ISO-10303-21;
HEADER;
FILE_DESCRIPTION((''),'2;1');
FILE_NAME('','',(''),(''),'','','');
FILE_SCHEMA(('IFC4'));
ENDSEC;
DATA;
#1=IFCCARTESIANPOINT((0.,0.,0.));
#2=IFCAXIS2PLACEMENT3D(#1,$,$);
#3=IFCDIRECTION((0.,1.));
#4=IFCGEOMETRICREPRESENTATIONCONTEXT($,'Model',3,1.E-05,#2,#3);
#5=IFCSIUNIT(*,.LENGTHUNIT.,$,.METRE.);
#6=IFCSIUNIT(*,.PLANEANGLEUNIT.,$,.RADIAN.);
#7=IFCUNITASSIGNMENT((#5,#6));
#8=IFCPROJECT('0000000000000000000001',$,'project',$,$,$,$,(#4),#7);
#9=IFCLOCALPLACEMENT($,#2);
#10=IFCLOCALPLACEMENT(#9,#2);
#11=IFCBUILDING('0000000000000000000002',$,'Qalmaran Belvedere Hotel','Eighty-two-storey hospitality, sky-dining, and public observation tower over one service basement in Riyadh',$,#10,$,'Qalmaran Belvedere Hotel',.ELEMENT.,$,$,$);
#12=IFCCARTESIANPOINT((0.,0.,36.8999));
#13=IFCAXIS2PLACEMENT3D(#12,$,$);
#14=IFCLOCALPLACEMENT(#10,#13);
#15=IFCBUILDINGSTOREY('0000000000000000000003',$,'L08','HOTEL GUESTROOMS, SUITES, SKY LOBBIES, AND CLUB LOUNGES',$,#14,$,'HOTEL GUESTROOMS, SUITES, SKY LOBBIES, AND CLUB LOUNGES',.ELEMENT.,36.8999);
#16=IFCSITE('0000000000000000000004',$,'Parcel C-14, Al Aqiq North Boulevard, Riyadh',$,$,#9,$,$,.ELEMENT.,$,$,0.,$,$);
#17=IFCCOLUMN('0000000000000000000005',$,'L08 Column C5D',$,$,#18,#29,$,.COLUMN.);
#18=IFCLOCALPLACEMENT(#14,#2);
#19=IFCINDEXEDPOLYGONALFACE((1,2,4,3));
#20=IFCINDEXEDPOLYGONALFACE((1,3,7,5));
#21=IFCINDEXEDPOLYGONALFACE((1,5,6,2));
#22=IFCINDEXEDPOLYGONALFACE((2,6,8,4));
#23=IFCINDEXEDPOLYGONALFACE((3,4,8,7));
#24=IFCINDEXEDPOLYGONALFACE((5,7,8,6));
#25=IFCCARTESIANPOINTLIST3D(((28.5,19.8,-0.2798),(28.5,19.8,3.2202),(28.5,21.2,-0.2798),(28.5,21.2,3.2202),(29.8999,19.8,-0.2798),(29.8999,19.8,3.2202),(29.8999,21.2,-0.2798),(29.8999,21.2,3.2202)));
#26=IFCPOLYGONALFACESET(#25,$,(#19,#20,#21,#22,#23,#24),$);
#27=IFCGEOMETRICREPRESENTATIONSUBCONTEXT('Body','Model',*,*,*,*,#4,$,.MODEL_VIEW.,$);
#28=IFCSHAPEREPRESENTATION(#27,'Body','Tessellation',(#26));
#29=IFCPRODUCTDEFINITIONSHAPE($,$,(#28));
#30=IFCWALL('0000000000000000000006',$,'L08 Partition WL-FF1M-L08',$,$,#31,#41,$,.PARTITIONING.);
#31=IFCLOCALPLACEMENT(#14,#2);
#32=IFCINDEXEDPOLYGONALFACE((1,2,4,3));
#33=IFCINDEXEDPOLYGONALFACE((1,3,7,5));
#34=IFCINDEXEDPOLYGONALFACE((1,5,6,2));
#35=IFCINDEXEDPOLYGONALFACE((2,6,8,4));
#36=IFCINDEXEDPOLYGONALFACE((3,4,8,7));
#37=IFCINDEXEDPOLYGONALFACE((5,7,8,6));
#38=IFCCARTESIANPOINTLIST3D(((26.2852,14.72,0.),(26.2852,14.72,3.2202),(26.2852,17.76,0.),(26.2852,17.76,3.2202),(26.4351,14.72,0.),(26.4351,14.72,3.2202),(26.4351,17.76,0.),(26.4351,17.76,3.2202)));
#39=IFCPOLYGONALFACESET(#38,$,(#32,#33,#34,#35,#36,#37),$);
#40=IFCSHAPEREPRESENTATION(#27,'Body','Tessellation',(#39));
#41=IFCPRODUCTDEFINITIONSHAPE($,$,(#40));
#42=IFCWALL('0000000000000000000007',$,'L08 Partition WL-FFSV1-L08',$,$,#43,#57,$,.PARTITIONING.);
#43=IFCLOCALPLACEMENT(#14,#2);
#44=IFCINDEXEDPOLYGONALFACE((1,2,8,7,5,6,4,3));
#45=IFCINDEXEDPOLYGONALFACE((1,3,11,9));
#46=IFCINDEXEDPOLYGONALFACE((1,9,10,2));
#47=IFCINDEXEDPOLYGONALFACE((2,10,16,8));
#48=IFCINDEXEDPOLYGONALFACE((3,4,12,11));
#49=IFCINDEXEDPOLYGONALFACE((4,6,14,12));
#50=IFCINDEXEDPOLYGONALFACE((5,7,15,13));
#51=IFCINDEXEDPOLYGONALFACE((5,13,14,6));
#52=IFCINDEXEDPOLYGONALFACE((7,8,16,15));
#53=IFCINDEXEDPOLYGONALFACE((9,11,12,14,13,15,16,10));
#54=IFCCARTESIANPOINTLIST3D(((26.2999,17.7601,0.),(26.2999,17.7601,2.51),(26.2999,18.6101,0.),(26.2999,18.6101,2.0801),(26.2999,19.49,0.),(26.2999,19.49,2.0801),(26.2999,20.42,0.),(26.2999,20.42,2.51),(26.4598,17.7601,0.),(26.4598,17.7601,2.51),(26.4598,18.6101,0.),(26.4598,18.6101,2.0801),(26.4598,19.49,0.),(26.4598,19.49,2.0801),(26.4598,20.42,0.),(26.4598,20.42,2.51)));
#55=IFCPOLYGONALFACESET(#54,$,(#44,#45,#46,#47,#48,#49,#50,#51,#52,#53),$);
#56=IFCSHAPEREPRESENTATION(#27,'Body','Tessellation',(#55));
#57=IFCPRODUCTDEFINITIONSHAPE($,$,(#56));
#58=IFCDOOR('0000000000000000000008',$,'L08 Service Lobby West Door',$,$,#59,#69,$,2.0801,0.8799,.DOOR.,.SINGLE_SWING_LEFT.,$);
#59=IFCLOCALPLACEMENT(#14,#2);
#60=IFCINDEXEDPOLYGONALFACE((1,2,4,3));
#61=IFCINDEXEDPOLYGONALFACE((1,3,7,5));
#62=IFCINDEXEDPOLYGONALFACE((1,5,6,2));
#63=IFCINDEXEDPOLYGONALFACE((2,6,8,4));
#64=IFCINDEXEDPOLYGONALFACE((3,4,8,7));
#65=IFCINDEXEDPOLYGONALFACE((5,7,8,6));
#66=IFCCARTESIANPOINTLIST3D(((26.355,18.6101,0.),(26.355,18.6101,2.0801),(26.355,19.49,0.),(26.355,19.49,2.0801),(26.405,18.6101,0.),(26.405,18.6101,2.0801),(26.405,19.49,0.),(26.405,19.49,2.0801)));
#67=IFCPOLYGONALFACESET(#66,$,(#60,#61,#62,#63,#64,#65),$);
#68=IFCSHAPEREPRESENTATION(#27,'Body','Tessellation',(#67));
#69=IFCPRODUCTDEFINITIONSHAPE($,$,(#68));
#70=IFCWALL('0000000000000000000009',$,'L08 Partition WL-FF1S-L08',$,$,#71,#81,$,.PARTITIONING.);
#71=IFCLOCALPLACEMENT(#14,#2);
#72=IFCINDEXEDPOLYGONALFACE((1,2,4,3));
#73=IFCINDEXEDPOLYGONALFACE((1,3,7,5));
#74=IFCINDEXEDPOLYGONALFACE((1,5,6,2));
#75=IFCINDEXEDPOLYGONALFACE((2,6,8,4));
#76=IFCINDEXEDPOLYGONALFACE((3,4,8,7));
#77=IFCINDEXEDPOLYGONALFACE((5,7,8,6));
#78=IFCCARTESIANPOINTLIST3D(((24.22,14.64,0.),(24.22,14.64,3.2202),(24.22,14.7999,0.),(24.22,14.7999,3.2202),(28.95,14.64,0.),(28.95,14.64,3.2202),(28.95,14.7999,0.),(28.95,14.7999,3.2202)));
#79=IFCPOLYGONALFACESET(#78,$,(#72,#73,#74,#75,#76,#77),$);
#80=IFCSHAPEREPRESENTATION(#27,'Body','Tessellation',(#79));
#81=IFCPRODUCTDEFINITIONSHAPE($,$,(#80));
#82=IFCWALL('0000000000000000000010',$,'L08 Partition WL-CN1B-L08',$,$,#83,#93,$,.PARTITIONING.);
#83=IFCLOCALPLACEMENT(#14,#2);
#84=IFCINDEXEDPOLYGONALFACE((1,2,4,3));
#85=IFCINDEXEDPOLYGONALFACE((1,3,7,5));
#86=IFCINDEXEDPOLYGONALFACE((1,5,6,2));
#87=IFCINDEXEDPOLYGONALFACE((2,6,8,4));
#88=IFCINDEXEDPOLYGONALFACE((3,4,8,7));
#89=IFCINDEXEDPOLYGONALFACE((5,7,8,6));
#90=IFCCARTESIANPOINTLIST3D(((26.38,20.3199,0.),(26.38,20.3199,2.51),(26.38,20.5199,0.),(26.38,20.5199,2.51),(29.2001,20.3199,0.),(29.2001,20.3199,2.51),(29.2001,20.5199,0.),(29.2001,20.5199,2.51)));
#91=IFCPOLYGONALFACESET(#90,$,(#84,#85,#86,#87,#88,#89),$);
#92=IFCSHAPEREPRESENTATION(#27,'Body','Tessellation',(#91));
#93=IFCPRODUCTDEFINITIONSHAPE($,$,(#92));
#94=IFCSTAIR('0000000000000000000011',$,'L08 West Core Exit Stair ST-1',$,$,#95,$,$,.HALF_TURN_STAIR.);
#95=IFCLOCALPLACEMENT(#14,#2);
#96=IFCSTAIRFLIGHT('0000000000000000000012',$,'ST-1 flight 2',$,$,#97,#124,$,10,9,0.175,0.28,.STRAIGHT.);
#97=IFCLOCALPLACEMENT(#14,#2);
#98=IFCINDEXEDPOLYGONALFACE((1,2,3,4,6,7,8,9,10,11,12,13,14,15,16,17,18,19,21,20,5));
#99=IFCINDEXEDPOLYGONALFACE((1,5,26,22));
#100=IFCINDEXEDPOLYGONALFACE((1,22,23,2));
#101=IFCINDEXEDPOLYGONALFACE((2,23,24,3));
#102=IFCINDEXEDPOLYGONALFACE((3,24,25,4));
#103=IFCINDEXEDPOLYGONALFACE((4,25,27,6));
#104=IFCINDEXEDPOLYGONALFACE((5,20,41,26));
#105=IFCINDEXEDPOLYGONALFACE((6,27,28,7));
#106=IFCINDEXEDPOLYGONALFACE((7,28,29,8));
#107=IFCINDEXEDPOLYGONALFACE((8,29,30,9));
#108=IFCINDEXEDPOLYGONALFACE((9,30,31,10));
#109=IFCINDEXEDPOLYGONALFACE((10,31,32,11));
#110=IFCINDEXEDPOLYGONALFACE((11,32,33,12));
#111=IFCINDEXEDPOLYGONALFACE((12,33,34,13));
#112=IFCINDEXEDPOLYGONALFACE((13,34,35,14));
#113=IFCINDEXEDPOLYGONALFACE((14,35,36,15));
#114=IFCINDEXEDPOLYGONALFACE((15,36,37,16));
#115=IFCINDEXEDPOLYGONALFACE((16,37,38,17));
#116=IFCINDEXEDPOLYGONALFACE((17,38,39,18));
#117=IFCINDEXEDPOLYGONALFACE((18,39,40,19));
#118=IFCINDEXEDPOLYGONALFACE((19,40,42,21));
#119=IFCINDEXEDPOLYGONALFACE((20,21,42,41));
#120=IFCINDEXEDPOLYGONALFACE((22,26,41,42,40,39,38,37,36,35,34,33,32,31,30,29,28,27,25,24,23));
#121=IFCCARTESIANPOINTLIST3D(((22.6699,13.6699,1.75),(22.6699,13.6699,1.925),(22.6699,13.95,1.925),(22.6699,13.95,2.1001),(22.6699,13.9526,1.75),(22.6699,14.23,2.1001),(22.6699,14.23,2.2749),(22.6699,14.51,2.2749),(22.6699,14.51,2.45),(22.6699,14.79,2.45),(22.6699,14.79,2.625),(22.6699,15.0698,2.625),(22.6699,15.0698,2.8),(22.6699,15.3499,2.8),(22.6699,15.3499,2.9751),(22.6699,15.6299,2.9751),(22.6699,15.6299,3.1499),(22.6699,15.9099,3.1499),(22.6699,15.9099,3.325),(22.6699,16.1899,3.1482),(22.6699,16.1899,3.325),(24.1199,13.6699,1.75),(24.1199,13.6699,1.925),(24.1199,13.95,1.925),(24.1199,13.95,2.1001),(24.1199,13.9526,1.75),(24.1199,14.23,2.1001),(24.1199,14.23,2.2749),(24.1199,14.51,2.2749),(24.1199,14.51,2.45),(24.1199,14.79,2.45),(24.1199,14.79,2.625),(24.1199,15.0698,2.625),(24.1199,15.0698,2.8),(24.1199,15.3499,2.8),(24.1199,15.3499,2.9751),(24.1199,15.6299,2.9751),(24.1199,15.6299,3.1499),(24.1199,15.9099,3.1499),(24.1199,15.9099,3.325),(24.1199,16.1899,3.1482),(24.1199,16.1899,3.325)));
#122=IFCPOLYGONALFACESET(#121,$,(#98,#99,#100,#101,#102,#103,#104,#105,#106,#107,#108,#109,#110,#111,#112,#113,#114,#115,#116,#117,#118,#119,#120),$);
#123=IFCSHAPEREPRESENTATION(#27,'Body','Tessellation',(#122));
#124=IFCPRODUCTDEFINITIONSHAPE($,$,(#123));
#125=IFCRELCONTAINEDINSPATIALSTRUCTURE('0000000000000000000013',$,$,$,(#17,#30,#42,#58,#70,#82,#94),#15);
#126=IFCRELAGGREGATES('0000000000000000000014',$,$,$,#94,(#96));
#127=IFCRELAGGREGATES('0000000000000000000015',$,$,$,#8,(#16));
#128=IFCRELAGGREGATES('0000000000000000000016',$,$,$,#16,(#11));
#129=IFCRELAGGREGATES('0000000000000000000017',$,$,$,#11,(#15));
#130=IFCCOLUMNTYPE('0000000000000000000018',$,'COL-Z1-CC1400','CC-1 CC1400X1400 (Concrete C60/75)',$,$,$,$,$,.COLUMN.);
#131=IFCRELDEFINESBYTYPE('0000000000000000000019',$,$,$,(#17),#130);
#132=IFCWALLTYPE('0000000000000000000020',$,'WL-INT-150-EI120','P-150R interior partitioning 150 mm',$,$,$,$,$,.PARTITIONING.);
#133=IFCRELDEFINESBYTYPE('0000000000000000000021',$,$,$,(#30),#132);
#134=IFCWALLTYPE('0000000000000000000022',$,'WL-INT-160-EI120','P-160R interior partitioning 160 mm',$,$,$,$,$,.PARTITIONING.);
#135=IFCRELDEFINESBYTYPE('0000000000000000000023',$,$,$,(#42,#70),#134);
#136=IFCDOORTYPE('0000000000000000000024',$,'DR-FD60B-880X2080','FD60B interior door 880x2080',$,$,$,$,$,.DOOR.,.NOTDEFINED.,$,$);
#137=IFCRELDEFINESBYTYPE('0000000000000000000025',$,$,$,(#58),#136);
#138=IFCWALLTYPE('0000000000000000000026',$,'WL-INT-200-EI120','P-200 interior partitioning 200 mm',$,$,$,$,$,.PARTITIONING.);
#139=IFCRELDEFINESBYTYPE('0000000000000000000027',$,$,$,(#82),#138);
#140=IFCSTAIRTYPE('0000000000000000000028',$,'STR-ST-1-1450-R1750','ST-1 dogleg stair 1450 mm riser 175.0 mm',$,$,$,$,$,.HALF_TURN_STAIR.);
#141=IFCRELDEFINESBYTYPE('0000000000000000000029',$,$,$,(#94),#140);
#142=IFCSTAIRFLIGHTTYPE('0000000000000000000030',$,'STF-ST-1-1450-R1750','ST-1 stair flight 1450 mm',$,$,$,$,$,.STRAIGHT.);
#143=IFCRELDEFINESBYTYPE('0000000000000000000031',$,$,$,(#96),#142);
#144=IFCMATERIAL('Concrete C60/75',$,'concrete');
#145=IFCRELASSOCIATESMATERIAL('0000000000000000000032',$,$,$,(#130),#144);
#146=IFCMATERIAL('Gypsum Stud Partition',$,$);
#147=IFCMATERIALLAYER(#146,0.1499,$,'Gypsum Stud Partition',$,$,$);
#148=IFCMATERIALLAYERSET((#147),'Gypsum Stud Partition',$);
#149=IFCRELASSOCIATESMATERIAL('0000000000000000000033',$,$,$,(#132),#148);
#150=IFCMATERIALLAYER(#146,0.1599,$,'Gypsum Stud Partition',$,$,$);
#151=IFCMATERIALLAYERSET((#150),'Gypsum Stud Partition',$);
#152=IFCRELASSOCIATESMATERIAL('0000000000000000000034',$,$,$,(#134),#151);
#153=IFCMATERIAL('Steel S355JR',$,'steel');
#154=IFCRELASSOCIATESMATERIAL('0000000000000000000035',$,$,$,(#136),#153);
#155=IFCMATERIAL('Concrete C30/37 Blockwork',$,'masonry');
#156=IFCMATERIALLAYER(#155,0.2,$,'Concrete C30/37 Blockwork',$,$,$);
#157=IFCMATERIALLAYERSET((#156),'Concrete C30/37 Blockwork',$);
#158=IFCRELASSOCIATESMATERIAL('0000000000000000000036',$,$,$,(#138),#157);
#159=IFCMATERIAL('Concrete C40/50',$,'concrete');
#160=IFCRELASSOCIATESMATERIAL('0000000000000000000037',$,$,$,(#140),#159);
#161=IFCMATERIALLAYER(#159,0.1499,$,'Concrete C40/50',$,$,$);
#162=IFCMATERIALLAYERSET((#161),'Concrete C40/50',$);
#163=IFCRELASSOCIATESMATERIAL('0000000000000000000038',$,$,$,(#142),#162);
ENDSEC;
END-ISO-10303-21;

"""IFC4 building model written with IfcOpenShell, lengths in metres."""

from ifc_helpers import new_model, si_unit, direction, frame, frame_2d, origin, origin_2d, place, context, subcontext, project, spatial, polyline, rectangle, outline, extrude, material, layer, layer_set, material_profile, profile_set, type_object, element, fill, aggregate, save


model = new_model("IFC4")

# Units and contexts
model_context = context("Model", 3, precision=1e-05, world=origin(), true_north=direction((0.0, 1.0)))
body_context = subcontext(model_context, "Body", "Model", "MODEL_VIEW")
ifc_project = project(units=[si_unit("LENGTHUNIT", "METRE"), si_unit("PLANEANGLEUNIT", "RADIAN")], contexts=[model_context])

# Site, building, storey
site_placement = place(None, origin())
site = spatial("IfcSite", under=ifc_project, at=site_placement, Name="Parcel C-14, Al Aqiq North Boulevard, Riyadh", CompositionType="ELEMENT", RefElevation=0.0)
building_placement = place(site_placement, origin())
building = spatial("IfcBuilding", under=site, at=building_placement, Name="Qalmaran Belvedere Hotel", Description="Eighty-two-storey hospitality, sky-dining, and public observation tower over one service basement in Riyadh", LongName="Qalmaran Belvedere Hotel", CompositionType="ELEMENT")
storey_placement = place(building_placement, frame((0.0, 0.0, 36.8999)))
storey = spatial("IfcBuildingStorey", under=building, at=storey_placement, Name="L08", Description="HOTEL GUESTROOMS, SUITES, SKY LOBBIES, AND CLUB LOUNGES", LongName="HOTEL GUESTROOMS, SUITES, SKY LOBBIES, AND CLUB LOUNGES", CompositionType="ELEMENT", Elevation=36.8999)

# Column
ifc_material_1 = material(Name="Concrete C60/75", Category="concrete")
ifc_material_profile = material_profile(ifc_material_1, rectangle(XDim=1.3999, YDim=1.3999, at=origin_2d()), Name="CC1400X1400")
ifc_profile_set = profile_set([ifc_material_profile], Name="Concrete C60/75")
column_type = type_object("IfcColumnType", Name="COL-Z1-CC1400", Description="CC-1 CC1400X1400 (Concrete C60/75)", PredefinedType="COLUMN", material=ifc_profile_set)
column_placement = place(storey_placement, frame((29.2, 20.5, -0.2798), z_axis=(0.0, 0.0, 1.0), x_axis=(1.0, 0.0, 0.0)))
element("IfcColumn", 1, at=column_placement, inside=storey, type_object=column_type, Name="L08 Column C5D", PredefinedType="COLUMN", context=body_context, shape_type="SweptSolid", body=[
    extrude(rectangle(XDim=1.3999, YDim=1.3999, at=origin_2d()), origin(), (0.0, 0.0, 1.0), 3.5),
])

# Wall
ifc_material_2 = material(Name="Gypsum Stud Partition")
ifc_layer_1 = layer(ifc_material_2, 0.1499, Name="Gypsum Stud Partition")
ifc_layer_set_1 = layer_set([ifc_layer_1], Name="Gypsum Stud Partition")
wall_type_1 = type_object("IfcWallType", Name="WL-INT-150-EI120", Description="P-150R interior partitioning 150 mm", PredefinedType="PARTITIONING", material=ifc_layer_set_1)
wall_1_placement = place(storey_placement, frame((26.3601, 14.72, 0.0), z_axis=(0.0, 0.0, 1.0), x_axis=(0.0, 1.0, 0.0)))
element("IfcWall", 2, at=wall_1_placement, inside=storey, type_object=wall_type_1, Name="L08 Partition WL-FF1M-L08", PredefinedType="PARTITIONING", context=body_context, shape_type="SweptSolid", body=[
    extrude(rectangle(XDim=3.04, YDim=0.1499, at=frame_2d((1.52, 0.0))), origin(), (0.0, 0.0, 1.0), 3.2202),
])

# Wall, opening, door
ifc_layer_2 = layer(ifc_material_2, 0.1599, Name="Gypsum Stud Partition")
ifc_layer_set_2 = layer_set([ifc_layer_2], Name="Gypsum Stud Partition")
wall_type_2 = type_object("IfcWallType", Name="WL-INT-160-EI120", Description="P-160R interior partitioning 160 mm", PredefinedType="PARTITIONING", material=ifc_layer_set_2)
wall_2_placement = place(storey_placement, frame((26.3799, 17.76, 0.0), z_axis=(0.0, 0.0, 1.0), x_axis=(0.0, 1.0, 0.0)))
wall_2 = element("IfcWall", 3, at=wall_2_placement, inside=storey, type_object=wall_type_2, Name="L08 Partition WL-FFSV1-L08", PredefinedType="PARTITIONING", context=body_context, shape_type="SweptSolid", body=[
    extrude(rectangle(XDim=2.6599, YDim=0.1599, at=frame_2d((1.3301, 0.0))), origin(), (0.0, 0.0, 1.0), 2.51),
])
opening_1_placement = place(wall_2_placement, frame((0.8501, 0.0, 0.0)))
opening_1 = element("IfcOpeningElement", 4, at=opening_1_placement, cuts=wall_2, PredefinedType="OPENING", context=body_context, shape_type="SweptSolid", body=[
    extrude(rectangle(XDim=0.8799, YDim=2.0801, at=frame_2d((0.4399, 1.04))), frame((0.0, 0.0898, 0.0), z_axis=(0.0, -1.0, 0.0), x_axis=(1.0, 0.0, 0.0)), (0.0, 0.0, 1.0), 0.1799),
])
ifc_material_3 = material(Name="Steel S355JR", Category="steel")
door_type_1 = type_object("IfcDoorType", Name="DR-FD60B-880X2080", Description="FD60B interior door 880x2080", OperationType="NOTDEFINED", PredefinedType="DOOR", material=ifc_material_3)
door_1_placement = place(opening_1_placement, origin())
door_1 = element("IfcDoor", 5, at=door_1_placement, inside=storey, type_object=door_type_1, Name="L08 Service Lobby West Door", OperationType="SINGLE_SWING_LEFT", OverallHeight=2.0801, OverallWidth=0.8799, PredefinedType="DOOR", context=body_context, shape_type="SweptSolid", body=[
    extrude(rectangle(XDim=0.8799, YDim=2.0801, at=frame_2d((0.4399, 1.04))), frame((0.0, 0.0249, 0.0), z_axis=(0.0, -1.0, 0.0), x_axis=(1.0, 0.0, 0.0)), (0.0, 0.0, 1.0), 0.05),
])
fill(opening_1, door_1)

# Walls
wall_3_placement = place(storey_placement, frame((24.22, 14.72, 0.0), z_axis=(0.0, 0.0, 1.0), x_axis=(1.0, 0.0, 0.0)))
element("IfcWall", 6, at=wall_3_placement, inside=storey, type_object=wall_type_2, Name="L08 Partition WL-FF1S-L08", PredefinedType="PARTITIONING", context=body_context, shape_type="SweptSolid", body=[
    extrude(rectangle(XDim=4.73, YDim=0.1599, at=frame_2d((2.365, 0.0))), origin(), (0.0, 0.0, 1.0), 3.2202),
])
ifc_material_4 = material(Name="Concrete C30/37 Blockwork", Category="masonry")
ifc_layer_3 = layer(ifc_material_4, 0.2, Name="Concrete C30/37 Blockwork")
ifc_layer_set_3 = layer_set([ifc_layer_3], Name="Concrete C30/37 Blockwork")
wall_type_3 = type_object("IfcWallType", Name="WL-INT-200-EI120", Description="P-200 interior partitioning 200 mm", PredefinedType="PARTITIONING", material=ifc_layer_set_3)
wall_4_placement = place(storey_placement, frame((26.3799, 20.4199, 0.0), z_axis=(0.0, 0.0, 1.0), x_axis=(1.0, 0.0, 0.0)))
element("IfcWall", 7, at=wall_4_placement, inside=storey, type_object=wall_type_3, Name="L08 Partition WL-CN1B-L08", PredefinedType="PARTITIONING", context=body_context, shape_type="SweptSolid", body=[
    extrude(rectangle(XDim=2.8201, YDim=0.2, at=frame_2d((1.4102, 0.0))), origin(), (0.0, 0.0, 1.0), 2.51),
])

# Stair, stair flight
ifc_material_5 = material(Name="Concrete C40/50", Category="concrete")
stair_type = type_object("IfcStairType", Name="STR-ST-1-1450-R1750", Description="ST-1 dogleg stair 1450 mm riser 175.0 mm", PredefinedType="HALF_TURN_STAIR", material=ifc_material_5)
stair_placement = place(storey_placement, origin())
stair = element("IfcStair", 8, at=stair_placement, inside=storey, type_object=stair_type, Name="L08 West Core Exit Stair ST-1", PredefinedType="HALF_TURN_STAIR")
ifc_layer_4 = layer(ifc_material_5, 0.1499, Name="Concrete C40/50")
ifc_layer_set_4 = layer_set([ifc_layer_4], Name="Concrete C40/50")
stair_flight_type = type_object("IfcStairFlightType", Name="STF-ST-1-1450-R1750", Description="ST-1 stair flight 1450 mm", PredefinedType="STRAIGHT", material=ifc_layer_set_4)
stair_flight_placement = place(storey_placement, frame((23.395, 13.6699, 1.75), z_axis=(0.0, 0.0, 1.0), x_axis=(0.0, 1.0, 0.0)))
stair_flight = element("IfcStairFlight", 9, at=stair_flight_placement, type_object=stair_flight_type, Name="ST-1 flight 2", NumberOfRisers=10, NumberOfTreads=9, PredefinedType="STRAIGHT", RiserHeight=0.175, TreadLength=0.28, context=body_context, shape_type="SweptSolid", body=[
    extrude(outline(polyline([(0.0, 0.0), (0.0, 0.175), (0.28, 0.175), (0.28, 0.3501), (0.5601, 0.3501), (0.5601, 0.5249), (0.8401, 0.5249), (0.8401, 0.7), (1.1201, 0.7), (1.1201, 0.875), (1.3999, 0.875), (1.3999, 1.05), (1.6799, 1.05), (1.6799, 1.2251), (1.96, 1.2251), (1.96, 1.3999), (2.24, 1.3999), (2.24, 1.575), (2.52, 1.575), (2.52, 1.75), (2.52, 1.3982), (0.2827, 0.0), (0.0, 0.0)])), frame((0.0, 0.7251, 0.0), z_axis=(0.0, -1.0, 0.0), x_axis=(1.0, 0.0, 0.0)), (0.0, 0.0, 1.0), 1.45),
])
aggregate(stair, [stair_flight])

save(model, "model.ifc")
